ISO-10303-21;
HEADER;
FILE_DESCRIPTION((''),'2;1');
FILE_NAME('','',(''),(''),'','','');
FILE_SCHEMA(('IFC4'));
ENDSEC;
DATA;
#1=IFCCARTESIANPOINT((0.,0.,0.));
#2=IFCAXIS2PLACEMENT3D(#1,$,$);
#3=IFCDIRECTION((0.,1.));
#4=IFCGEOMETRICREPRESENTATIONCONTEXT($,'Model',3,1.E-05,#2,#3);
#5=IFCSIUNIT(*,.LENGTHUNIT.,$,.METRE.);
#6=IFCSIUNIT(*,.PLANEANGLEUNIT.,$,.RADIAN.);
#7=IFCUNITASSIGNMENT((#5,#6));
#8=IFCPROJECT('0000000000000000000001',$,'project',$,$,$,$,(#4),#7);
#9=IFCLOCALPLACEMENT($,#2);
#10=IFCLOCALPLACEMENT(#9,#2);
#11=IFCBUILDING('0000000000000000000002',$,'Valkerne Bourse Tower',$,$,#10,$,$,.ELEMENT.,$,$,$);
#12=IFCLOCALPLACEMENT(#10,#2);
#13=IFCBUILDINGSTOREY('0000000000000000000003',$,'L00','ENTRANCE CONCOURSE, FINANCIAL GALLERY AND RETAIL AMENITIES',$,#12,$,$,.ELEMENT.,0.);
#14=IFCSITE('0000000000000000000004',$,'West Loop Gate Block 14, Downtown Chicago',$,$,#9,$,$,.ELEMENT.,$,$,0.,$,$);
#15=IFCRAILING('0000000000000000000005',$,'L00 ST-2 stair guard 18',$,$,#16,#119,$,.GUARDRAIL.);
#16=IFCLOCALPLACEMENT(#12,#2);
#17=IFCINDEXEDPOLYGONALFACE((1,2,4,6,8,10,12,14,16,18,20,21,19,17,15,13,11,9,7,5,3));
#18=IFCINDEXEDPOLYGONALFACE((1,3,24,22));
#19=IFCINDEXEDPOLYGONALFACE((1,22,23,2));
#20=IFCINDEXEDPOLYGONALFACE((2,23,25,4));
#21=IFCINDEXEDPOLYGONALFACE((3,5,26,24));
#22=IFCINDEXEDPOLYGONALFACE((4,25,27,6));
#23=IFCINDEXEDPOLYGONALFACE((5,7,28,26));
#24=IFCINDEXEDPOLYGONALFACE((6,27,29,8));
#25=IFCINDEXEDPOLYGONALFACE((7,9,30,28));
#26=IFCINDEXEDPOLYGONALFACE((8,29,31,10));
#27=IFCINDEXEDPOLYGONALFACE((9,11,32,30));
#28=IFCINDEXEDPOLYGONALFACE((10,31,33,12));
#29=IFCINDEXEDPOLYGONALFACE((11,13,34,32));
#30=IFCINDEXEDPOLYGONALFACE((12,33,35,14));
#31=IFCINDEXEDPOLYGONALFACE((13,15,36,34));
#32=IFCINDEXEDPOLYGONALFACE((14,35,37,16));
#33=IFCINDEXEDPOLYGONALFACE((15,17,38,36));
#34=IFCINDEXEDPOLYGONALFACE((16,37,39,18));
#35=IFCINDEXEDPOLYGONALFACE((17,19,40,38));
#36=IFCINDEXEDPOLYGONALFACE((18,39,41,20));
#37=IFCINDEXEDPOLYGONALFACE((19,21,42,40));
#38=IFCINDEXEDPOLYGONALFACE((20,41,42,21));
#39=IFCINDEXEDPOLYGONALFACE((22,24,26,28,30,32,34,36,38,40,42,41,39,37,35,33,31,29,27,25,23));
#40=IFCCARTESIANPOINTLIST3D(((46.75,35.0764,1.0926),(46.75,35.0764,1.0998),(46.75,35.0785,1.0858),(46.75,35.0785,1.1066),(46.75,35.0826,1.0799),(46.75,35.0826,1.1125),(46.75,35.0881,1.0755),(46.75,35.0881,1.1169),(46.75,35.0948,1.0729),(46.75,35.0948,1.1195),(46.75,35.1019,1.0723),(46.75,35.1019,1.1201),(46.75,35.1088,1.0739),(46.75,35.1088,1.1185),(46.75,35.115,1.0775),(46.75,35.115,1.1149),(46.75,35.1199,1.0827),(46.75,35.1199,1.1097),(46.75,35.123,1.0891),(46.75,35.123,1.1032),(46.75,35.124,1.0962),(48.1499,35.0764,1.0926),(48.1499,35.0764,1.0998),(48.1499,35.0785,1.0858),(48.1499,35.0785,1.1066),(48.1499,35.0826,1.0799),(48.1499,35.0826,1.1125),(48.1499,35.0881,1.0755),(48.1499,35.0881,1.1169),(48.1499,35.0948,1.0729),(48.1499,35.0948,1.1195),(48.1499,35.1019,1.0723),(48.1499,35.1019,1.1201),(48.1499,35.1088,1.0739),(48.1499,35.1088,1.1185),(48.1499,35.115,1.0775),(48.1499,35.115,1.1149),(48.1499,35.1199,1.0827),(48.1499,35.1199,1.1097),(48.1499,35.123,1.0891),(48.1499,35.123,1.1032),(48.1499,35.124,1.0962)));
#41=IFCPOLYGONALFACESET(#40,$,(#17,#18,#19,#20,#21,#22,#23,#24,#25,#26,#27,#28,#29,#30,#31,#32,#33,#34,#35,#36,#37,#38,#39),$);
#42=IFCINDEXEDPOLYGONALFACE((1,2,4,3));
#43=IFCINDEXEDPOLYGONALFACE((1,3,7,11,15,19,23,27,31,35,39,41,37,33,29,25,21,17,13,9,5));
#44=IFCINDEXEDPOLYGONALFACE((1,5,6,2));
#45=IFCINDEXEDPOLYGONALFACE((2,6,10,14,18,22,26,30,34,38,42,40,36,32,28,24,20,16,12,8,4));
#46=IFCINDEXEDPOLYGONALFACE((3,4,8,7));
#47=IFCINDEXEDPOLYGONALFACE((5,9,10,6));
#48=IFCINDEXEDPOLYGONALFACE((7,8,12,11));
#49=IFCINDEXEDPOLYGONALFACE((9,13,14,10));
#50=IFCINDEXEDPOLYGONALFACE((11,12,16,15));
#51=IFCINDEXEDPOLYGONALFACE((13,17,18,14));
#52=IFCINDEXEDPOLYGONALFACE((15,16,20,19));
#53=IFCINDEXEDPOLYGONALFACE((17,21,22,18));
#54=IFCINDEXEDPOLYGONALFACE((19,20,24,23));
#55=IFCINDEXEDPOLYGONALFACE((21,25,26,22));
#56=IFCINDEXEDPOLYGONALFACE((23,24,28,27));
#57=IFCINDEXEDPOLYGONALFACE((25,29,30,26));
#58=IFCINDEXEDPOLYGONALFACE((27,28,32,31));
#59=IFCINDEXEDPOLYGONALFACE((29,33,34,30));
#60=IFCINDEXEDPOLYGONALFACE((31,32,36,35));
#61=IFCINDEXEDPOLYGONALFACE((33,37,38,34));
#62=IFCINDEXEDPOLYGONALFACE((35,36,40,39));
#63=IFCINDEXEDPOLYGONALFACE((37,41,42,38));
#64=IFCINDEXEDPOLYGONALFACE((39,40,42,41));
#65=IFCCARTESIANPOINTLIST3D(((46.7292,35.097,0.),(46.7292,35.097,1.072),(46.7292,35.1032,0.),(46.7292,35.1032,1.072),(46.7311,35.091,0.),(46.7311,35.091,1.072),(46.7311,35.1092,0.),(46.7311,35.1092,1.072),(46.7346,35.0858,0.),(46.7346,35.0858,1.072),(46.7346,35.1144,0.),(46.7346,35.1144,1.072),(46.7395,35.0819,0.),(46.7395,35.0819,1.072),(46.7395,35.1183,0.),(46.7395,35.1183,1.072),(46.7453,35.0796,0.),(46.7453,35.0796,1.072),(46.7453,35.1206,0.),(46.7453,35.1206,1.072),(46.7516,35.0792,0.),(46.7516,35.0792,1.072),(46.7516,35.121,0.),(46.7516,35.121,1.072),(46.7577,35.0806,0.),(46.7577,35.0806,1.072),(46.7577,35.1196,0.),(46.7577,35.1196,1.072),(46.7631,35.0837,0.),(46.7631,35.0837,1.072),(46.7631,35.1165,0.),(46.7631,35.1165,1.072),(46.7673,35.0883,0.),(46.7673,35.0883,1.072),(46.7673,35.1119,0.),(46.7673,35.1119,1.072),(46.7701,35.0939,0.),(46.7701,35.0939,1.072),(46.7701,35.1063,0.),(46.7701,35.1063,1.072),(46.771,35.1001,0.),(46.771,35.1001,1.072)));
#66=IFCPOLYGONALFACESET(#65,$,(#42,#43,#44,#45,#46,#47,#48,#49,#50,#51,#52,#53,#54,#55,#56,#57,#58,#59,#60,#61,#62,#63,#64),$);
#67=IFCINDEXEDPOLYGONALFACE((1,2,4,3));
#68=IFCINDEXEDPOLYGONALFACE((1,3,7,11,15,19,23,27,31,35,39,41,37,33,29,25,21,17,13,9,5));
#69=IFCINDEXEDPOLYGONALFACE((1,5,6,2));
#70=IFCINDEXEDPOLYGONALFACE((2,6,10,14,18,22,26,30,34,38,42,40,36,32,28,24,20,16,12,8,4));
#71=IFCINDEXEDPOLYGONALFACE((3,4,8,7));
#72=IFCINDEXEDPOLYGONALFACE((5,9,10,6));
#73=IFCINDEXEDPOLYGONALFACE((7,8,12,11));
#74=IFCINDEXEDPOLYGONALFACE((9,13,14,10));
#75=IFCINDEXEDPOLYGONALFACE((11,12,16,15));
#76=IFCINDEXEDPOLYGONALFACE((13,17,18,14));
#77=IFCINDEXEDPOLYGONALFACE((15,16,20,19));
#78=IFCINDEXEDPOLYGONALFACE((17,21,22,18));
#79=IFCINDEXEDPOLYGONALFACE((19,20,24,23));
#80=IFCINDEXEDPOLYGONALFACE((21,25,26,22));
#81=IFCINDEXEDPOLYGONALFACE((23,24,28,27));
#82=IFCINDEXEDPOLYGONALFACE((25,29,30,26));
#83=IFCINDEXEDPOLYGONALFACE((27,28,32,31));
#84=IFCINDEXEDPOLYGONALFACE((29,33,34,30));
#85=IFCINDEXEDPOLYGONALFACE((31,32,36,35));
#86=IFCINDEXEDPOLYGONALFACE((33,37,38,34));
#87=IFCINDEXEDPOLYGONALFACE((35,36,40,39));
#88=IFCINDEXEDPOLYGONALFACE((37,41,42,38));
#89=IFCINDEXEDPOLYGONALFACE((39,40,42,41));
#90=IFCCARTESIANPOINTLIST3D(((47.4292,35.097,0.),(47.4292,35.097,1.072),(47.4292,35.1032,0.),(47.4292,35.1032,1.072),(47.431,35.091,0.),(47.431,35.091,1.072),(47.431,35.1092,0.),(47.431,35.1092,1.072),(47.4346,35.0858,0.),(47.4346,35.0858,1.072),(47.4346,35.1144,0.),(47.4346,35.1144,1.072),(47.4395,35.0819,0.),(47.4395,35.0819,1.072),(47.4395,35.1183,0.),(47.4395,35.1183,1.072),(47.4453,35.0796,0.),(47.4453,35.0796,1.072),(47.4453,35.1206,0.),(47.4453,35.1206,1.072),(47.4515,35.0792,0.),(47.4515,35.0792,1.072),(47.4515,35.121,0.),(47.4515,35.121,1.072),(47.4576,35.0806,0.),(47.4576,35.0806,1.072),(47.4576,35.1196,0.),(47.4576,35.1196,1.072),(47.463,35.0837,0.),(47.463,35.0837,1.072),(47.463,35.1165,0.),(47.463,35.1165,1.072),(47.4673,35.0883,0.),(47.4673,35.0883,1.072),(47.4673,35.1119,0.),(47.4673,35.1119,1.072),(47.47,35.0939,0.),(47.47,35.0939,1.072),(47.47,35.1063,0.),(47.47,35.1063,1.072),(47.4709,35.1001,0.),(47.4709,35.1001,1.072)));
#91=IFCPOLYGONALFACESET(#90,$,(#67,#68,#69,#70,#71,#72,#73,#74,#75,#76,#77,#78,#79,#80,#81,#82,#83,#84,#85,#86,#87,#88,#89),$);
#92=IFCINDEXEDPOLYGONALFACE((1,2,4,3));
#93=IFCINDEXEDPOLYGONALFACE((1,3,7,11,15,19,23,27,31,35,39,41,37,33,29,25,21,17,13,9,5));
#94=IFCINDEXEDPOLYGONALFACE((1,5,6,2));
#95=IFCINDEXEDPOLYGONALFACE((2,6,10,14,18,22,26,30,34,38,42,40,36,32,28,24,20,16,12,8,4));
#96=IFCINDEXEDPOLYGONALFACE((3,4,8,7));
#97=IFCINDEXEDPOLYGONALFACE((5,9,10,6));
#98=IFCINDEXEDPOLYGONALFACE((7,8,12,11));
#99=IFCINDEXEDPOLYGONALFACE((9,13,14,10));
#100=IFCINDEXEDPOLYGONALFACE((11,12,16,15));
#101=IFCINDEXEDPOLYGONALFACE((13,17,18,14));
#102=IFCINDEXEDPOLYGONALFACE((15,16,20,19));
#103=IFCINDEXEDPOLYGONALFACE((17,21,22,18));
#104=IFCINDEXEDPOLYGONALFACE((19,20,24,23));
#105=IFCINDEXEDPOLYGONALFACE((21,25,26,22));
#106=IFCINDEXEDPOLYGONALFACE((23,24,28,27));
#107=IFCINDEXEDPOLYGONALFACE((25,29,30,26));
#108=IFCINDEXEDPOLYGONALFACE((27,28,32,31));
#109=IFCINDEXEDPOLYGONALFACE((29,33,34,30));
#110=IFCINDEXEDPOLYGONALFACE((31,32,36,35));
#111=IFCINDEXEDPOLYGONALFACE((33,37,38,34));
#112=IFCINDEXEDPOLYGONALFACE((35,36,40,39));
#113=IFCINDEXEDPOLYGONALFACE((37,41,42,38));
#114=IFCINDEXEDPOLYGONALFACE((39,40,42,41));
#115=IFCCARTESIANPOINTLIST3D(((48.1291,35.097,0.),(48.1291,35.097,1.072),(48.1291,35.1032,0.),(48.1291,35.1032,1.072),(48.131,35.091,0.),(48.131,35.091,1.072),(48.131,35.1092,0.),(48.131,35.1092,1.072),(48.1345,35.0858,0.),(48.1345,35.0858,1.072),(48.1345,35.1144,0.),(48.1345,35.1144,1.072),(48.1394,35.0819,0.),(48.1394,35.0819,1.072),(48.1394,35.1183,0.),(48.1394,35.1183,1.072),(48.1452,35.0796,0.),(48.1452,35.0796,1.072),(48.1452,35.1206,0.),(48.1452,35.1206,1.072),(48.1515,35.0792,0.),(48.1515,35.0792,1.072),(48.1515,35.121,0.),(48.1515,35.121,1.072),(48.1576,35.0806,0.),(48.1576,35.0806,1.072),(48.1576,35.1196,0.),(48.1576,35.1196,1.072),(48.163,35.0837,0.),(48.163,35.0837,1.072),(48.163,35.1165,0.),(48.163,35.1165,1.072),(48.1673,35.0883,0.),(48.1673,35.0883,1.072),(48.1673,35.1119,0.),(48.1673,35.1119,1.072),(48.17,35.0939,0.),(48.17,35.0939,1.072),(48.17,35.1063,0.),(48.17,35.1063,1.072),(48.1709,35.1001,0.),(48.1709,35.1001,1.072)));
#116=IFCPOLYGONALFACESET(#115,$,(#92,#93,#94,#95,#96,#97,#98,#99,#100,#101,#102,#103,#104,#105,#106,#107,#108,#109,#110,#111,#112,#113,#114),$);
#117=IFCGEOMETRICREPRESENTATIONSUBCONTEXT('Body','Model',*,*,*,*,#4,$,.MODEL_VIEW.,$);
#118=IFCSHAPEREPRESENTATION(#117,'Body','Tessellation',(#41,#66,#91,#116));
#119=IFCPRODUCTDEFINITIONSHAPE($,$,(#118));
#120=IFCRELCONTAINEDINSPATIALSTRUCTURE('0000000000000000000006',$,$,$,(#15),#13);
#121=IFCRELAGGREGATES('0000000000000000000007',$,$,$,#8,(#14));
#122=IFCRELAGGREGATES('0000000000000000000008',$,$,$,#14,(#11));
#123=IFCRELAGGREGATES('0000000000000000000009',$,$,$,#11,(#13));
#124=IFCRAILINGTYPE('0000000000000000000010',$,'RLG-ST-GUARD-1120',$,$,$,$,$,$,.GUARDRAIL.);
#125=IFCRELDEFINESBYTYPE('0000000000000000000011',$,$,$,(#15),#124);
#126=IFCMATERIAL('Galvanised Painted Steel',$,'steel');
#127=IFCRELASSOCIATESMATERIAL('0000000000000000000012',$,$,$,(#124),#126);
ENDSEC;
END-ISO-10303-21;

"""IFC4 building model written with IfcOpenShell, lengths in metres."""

from ifc_helpers import new_model, si_unit, direction, frame, origin, origin_2d, place, context, subcontext, project, spatial, circle, extrude, material, type_object, element, save


model = new_model("IFC4")

# Units and contexts
model_context = context("Model", 3, precision=1e-05, world=origin(), true_north=direction((0.0, 1.0)))
body_context = subcontext(model_context, "Body", "Model", "MODEL_VIEW")
ifc_project = project(units=[si_unit("LENGTHUNIT", "METRE"), si_unit("PLANEANGLEUNIT", "RADIAN")], contexts=[model_context])

# Site, building, storey
site_placement = place(None, origin())
site = spatial("IfcSite", under=ifc_project, at=site_placement, Name="West Loop Gate Block 14, Downtown Chicago", CompositionType="ELEMENT", RefElevation=0.0)
building_placement = place(site_placement, origin())
building = spatial("IfcBuilding", under=site, at=building_placement, Name="Valkerne Bourse Tower", CompositionType="ELEMENT")
storey_placement = place(building_placement, origin())
storey = spatial("IfcBuildingStorey", under=building, at=storey_placement, Name="L00", Description="ENTRANCE CONCOURSE, FINANCIAL GALLERY AND RETAIL AMENITIES", CompositionType="ELEMENT", Elevation=0.0)

# Railing
ifc_material_1 = material(Name="Galvanised Painted Steel", Category="steel")
railing_type_1 = type_object("IfcRailingType", Name="RLG-ST-GUARD-1120", PredefinedType="GUARDRAIL", material=ifc_material_1)
railing_1_placement = place(storey_placement, frame((46.75, 35.1001, 0.0)))
element("IfcRailing", 1, at=railing_1_placement, inside=storey, type_object=railing_type_1, Name="L00 ST-2 stair guard 18", PredefinedType="GUARDRAIL", context=body_context, shape_type="SweptSolid", body=[
    extrude(circle(Radius=0.0239, at=origin_2d()), frame((0.0, 0.0, 1.0962), z_axis=(1.0, 0.0, 0.0), x_axis=(0.0, 1.0, 0.0)), (0.0, 0.0, 1.0), 1.3999),
    extrude(circle(Radius=0.021, at=origin_2d()), origin(), (0.0, 0.0, 1.0), 1.072),
    extrude(circle(Radius=0.021, at=origin_2d()), frame((0.7, 0.0, 0.0)), (0.0, 0.0, 1.0), 1.072),
    extrude(circle(Radius=0.021, at=origin_2d()), frame((1.3999, 0.0, 0.0)), (0.0, 0.0, 1.0), 1.072),
])

save(model, "model.ifc")
